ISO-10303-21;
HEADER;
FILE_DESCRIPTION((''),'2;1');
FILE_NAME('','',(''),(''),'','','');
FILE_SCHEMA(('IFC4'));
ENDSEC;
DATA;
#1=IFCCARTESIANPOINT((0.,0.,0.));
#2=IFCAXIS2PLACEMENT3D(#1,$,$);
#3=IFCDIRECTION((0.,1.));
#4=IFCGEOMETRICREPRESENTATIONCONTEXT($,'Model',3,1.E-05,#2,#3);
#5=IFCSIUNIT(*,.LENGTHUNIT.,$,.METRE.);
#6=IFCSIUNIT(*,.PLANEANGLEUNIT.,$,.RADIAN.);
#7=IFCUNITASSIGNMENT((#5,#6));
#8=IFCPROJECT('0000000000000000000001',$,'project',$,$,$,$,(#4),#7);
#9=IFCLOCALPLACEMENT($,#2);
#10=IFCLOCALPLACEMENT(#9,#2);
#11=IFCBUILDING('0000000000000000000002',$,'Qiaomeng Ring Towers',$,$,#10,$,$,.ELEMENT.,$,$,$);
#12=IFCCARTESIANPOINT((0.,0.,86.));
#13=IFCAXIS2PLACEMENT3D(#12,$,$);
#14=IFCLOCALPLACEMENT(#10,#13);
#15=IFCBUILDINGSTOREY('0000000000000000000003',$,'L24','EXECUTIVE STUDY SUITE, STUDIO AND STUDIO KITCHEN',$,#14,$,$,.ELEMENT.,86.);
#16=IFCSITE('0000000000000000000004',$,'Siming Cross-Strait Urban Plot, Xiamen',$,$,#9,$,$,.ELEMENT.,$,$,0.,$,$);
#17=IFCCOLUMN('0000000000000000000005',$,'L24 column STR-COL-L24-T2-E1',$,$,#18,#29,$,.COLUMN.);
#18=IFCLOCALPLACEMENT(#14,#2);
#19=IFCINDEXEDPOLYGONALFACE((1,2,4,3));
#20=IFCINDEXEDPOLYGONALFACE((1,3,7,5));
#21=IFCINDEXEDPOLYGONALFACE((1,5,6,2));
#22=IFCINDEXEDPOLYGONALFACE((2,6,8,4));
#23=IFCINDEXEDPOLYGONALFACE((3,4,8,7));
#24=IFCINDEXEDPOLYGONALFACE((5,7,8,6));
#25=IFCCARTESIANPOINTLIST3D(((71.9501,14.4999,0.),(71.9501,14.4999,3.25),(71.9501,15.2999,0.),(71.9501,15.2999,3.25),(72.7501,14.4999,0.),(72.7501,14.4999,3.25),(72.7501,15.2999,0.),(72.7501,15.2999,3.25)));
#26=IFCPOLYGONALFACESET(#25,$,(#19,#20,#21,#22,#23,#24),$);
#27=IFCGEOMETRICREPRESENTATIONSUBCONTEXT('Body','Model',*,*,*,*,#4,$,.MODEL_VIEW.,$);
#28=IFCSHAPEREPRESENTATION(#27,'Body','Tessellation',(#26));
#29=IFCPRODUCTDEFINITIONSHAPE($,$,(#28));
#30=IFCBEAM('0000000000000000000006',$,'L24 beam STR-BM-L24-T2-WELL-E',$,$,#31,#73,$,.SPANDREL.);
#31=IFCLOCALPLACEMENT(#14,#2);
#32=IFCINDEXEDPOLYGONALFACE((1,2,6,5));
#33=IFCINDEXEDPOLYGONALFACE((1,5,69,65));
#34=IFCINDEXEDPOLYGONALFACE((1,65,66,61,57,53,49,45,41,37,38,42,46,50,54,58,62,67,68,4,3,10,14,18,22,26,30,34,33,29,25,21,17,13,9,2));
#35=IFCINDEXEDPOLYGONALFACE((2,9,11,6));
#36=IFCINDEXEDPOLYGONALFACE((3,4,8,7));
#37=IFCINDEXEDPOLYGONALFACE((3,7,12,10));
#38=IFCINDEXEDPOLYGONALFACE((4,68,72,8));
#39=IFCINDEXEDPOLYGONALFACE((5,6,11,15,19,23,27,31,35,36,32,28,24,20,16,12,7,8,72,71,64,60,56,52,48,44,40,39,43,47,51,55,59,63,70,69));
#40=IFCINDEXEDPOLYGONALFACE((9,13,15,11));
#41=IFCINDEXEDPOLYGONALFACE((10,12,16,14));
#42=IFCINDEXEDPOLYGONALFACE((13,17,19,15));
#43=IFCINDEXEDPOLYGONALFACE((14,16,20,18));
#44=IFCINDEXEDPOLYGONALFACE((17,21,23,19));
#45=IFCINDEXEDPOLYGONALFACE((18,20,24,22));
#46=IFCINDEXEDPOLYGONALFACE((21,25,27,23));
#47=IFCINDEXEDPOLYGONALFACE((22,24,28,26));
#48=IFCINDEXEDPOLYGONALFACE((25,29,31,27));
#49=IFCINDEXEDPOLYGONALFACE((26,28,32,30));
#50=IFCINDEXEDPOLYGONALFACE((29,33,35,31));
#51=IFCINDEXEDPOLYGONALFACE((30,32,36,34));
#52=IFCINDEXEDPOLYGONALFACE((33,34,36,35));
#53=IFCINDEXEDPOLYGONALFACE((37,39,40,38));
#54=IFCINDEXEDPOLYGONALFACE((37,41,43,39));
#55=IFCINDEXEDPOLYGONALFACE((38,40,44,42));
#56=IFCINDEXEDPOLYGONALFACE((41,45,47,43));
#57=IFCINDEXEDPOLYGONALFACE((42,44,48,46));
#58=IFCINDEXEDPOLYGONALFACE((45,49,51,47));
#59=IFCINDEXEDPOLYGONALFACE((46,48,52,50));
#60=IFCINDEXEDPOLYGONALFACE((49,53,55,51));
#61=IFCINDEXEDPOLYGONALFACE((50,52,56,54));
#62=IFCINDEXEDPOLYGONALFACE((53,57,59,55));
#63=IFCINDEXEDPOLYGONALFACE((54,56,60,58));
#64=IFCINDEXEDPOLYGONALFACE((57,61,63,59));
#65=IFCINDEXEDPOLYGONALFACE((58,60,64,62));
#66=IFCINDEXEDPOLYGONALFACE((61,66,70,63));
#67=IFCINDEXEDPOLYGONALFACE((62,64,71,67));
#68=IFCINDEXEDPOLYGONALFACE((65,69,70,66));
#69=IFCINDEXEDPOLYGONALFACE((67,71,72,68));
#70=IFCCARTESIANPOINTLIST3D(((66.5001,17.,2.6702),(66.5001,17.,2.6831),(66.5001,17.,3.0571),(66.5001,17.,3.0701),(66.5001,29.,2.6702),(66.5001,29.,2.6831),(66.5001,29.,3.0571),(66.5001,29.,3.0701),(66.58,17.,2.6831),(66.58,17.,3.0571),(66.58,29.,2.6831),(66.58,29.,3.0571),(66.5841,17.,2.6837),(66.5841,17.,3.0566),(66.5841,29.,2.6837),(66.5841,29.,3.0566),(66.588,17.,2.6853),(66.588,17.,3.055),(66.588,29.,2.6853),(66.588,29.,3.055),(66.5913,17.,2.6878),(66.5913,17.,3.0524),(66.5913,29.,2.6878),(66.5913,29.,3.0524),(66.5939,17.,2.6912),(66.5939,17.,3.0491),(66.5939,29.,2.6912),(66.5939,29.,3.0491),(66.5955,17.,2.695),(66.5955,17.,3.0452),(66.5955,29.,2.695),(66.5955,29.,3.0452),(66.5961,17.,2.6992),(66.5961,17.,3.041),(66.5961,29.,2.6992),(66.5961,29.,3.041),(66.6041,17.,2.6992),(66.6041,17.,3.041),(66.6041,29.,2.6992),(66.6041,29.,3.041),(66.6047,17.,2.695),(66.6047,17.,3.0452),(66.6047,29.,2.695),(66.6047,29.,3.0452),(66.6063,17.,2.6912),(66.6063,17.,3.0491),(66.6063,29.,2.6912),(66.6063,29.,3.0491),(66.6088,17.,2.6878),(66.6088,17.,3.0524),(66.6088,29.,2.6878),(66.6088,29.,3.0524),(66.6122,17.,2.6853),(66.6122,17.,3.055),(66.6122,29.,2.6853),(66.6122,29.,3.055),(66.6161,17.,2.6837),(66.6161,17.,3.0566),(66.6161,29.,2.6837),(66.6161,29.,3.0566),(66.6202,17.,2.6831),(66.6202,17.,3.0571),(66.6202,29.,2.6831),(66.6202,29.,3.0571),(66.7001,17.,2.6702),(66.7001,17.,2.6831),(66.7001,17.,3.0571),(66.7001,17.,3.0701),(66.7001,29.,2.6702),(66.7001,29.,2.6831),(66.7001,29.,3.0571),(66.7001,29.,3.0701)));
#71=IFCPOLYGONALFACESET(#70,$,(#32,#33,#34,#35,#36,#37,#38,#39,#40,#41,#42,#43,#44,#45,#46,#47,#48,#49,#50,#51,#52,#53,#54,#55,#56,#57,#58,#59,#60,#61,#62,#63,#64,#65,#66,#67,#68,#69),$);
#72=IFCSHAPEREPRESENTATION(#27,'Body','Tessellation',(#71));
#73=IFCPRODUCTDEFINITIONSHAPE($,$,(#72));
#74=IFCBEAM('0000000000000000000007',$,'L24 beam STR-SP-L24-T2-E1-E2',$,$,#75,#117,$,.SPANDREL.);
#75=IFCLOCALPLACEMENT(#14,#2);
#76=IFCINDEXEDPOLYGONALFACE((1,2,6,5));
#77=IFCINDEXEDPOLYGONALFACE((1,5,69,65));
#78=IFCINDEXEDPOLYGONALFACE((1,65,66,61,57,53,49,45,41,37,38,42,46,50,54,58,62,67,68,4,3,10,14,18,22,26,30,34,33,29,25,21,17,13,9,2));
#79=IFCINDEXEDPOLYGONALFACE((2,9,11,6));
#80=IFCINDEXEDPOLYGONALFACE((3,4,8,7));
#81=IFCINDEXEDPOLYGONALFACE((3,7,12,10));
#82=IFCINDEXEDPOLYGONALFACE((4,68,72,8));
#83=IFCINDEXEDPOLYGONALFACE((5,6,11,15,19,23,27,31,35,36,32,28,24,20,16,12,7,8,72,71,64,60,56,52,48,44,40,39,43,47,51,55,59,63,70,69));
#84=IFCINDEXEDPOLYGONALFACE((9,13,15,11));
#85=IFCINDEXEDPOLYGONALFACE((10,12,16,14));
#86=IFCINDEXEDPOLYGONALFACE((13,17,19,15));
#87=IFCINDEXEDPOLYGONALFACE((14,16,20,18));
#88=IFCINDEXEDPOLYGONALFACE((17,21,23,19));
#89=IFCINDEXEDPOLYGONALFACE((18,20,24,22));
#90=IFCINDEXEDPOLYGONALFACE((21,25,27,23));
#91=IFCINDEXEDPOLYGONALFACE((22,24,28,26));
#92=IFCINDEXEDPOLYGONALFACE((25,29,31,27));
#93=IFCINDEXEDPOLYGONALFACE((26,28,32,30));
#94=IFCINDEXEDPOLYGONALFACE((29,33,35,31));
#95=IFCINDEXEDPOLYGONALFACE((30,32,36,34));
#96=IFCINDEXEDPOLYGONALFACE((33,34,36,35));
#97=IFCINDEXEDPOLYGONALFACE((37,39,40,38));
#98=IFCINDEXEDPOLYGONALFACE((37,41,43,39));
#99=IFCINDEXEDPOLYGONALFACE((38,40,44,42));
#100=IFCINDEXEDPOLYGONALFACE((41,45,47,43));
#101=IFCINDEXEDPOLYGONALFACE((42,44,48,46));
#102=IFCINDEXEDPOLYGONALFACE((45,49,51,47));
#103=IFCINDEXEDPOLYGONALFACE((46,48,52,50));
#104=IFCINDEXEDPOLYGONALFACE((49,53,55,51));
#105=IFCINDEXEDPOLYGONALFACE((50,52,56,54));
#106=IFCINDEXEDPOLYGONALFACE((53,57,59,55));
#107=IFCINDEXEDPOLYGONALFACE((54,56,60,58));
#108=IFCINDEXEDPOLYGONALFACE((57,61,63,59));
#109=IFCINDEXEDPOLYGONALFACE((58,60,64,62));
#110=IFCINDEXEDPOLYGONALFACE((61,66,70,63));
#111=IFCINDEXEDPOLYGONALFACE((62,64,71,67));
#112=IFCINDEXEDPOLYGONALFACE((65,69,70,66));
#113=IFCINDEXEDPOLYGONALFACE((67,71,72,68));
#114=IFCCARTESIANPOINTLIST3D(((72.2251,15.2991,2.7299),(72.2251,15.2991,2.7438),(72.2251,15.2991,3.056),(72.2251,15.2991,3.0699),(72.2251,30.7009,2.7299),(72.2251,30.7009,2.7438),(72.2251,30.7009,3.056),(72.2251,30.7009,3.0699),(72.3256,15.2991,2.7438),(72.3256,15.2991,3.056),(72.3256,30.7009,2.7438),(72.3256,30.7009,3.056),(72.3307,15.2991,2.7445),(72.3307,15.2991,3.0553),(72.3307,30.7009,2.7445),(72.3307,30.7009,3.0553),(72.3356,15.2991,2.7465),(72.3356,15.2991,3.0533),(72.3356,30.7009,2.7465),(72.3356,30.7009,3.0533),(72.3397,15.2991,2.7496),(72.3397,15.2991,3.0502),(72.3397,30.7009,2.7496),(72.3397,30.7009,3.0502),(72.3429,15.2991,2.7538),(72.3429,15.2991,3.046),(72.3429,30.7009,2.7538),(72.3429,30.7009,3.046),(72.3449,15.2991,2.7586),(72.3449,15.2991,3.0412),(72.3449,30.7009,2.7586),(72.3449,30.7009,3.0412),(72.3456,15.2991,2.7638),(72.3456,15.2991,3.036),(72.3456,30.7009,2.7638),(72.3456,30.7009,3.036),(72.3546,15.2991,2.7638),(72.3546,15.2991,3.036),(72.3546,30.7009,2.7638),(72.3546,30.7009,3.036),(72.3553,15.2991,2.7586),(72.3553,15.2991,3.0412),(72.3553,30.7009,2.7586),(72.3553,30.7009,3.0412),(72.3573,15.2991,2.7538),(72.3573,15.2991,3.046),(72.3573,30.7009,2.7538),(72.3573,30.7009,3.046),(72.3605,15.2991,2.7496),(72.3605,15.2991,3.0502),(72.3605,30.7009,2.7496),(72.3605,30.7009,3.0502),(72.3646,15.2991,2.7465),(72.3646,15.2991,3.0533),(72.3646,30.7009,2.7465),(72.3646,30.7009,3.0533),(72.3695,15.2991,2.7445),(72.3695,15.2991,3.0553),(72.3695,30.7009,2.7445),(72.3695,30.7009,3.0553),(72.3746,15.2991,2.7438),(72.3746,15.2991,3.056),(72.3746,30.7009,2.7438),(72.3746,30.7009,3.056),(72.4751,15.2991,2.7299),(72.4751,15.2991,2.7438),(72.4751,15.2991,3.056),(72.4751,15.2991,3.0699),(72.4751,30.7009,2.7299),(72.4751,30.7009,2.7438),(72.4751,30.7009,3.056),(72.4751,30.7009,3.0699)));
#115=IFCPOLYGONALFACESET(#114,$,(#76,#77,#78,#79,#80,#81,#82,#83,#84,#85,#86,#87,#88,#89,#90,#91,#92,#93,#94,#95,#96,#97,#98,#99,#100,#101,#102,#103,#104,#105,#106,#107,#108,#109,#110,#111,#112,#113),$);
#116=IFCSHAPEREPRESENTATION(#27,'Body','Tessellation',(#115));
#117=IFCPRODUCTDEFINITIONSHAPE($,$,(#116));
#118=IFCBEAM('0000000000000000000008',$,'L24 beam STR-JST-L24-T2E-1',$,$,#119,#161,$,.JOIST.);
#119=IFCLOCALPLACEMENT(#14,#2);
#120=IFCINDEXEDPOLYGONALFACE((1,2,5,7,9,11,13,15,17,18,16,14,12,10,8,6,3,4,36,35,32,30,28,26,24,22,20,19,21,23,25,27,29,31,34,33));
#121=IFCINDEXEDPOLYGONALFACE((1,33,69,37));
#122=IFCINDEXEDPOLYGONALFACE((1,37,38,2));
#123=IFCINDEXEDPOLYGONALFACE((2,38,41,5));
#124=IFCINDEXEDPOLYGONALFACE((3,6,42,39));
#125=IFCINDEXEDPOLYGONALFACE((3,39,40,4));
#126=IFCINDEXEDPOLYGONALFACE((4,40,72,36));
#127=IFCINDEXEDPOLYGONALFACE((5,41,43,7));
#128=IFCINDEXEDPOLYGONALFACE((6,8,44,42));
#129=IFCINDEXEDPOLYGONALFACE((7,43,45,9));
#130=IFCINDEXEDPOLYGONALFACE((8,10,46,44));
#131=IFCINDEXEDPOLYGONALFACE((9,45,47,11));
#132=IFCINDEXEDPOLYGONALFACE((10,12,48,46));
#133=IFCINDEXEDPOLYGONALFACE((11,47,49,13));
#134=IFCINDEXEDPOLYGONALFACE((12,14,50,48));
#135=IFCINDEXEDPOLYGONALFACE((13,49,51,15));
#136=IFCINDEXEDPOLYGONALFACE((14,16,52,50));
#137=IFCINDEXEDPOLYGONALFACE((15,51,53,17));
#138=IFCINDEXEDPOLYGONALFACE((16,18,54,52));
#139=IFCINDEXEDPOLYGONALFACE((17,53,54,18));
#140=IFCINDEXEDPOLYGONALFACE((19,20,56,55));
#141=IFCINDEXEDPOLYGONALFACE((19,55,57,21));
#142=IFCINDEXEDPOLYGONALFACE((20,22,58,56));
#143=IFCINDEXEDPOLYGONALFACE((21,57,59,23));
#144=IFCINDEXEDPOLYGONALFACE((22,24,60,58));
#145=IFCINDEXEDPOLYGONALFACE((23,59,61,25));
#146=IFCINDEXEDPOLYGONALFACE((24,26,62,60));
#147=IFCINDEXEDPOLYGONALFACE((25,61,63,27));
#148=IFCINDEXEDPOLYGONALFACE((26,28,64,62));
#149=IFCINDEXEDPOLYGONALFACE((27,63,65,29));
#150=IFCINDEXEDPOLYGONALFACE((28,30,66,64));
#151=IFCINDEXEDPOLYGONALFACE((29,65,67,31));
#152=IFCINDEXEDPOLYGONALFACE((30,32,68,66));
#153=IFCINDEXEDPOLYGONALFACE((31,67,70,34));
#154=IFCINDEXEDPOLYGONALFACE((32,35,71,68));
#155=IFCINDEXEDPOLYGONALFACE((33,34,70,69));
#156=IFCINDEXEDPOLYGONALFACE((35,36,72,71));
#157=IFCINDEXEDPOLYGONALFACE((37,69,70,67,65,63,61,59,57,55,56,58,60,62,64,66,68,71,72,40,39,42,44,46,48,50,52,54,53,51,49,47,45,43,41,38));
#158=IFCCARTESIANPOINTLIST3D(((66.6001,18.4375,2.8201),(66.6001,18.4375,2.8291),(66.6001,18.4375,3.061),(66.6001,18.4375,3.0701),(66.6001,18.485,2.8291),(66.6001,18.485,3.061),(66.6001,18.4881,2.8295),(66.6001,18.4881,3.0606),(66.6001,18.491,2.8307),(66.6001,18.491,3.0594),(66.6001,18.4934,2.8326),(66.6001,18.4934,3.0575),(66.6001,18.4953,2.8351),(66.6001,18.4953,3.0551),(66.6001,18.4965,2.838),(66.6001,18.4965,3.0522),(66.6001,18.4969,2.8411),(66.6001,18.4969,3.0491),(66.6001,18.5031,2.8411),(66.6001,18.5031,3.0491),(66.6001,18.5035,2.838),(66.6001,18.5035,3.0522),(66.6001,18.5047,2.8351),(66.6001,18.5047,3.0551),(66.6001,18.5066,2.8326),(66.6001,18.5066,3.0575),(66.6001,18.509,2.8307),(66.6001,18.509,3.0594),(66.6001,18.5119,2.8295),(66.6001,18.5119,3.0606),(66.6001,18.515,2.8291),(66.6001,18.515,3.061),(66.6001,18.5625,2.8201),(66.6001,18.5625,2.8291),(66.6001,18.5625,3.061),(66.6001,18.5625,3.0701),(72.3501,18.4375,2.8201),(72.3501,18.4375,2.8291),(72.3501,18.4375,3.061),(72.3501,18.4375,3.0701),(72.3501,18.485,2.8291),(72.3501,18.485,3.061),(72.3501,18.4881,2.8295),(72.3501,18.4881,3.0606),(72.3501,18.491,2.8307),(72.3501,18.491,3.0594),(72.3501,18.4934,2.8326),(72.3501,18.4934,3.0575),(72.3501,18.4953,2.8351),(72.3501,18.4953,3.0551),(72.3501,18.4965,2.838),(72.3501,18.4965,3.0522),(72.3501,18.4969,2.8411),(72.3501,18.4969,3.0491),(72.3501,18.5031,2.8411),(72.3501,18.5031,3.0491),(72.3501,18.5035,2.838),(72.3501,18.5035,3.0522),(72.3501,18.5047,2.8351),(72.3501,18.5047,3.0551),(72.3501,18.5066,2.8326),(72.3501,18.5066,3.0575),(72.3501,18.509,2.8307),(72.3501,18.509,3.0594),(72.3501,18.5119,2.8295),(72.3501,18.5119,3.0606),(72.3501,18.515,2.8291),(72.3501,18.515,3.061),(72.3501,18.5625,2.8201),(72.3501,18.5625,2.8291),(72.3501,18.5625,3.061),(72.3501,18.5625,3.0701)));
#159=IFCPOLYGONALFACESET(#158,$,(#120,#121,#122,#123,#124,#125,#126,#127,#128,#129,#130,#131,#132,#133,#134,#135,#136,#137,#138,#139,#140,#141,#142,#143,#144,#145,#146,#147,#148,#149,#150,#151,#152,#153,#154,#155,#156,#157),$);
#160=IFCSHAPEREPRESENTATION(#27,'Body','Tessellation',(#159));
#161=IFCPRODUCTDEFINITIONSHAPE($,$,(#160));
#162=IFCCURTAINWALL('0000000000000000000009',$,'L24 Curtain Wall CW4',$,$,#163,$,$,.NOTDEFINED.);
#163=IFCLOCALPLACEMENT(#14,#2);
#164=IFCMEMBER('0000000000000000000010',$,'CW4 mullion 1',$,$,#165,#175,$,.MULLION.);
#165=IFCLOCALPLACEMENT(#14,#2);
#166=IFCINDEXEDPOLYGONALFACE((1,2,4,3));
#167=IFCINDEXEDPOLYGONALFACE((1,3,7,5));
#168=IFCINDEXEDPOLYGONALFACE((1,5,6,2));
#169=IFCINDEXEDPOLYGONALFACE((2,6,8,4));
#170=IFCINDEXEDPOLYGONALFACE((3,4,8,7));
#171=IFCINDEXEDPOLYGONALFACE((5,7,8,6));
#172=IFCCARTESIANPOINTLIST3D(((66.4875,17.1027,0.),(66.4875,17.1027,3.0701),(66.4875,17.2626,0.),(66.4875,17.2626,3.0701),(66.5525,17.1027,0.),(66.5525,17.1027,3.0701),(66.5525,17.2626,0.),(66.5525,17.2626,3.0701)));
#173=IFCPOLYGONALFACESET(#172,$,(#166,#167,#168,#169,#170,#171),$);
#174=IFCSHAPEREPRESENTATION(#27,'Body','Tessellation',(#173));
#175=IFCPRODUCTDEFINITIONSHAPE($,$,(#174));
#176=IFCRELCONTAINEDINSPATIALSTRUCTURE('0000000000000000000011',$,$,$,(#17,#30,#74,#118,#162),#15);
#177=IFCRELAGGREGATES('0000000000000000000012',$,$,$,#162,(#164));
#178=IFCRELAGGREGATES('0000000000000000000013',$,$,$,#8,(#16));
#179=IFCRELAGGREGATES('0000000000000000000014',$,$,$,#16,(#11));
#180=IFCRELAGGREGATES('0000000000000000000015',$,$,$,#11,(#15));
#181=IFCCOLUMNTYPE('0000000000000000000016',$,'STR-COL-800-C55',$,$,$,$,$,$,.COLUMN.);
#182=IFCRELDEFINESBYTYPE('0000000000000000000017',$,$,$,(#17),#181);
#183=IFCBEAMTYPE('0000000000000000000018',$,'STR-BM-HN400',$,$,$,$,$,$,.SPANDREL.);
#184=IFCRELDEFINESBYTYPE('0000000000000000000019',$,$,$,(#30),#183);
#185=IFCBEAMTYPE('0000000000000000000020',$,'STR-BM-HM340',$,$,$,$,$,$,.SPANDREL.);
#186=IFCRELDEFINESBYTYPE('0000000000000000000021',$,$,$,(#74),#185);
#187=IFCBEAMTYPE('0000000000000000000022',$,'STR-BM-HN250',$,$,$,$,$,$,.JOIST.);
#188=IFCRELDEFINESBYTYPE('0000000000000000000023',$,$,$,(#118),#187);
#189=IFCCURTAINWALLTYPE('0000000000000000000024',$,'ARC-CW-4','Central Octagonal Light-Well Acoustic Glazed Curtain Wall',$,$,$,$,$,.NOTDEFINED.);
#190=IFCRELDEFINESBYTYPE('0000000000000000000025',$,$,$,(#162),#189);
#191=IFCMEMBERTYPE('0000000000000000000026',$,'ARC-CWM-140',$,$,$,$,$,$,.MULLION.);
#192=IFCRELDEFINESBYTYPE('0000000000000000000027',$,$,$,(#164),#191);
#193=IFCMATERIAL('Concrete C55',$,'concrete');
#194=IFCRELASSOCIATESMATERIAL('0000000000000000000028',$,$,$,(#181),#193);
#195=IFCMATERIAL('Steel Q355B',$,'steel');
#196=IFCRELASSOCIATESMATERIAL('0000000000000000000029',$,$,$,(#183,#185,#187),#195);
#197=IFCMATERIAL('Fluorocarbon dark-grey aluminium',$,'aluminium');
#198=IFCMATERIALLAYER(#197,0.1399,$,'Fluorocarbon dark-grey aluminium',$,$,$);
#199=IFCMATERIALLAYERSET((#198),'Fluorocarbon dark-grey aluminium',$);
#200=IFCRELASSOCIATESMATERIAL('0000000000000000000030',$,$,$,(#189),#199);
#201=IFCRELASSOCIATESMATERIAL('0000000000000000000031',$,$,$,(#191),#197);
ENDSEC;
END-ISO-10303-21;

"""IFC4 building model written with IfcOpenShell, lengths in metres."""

from ifc_helpers import new_model, si_unit, direction, frame, origin, origin_2d, place, context, subcontext, project, spatial, rectangle, i_section, extrude, source, transform, mapped, material, layer, layer_set, material_profile, profile_set, type_object, element, aggregate, save


model = new_model("IFC4")

# Units and contexts
model_context = context("Model", 3, precision=1e-05, world=origin(), true_north=direction((0.0, 1.0)))
body_context = subcontext(model_context, "Body", "Model", "MODEL_VIEW")
ifc_project = project(units=[si_unit("LENGTHUNIT", "METRE"), si_unit("PLANEANGLEUNIT", "RADIAN")], contexts=[model_context])

# Site, building, storey
site_placement = place(None, origin())
site = spatial("IfcSite", under=ifc_project, at=site_placement, Name="Siming Cross-Strait Urban Plot, Xiamen", CompositionType="ELEMENT", RefElevation=0.0)
building_placement = place(site_placement, origin())
building = spatial("IfcBuilding", under=site, at=building_placement, Name="Qiaomeng Ring Towers", CompositionType="ELEMENT")
storey_placement = place(building_placement, frame((0.0, 0.0, 86.0)))
storey = spatial("IfcBuildingStorey", under=building, at=storey_placement, Name="L24", Description="EXECUTIVE STUDY SUITE, STUDIO AND STUDIO KITCHEN", CompositionType="ELEMENT", Elevation=86.0)

# Column
ifc_material_1 = material(Name="Concrete C55", Category="concrete")
ifc_material_profile_1 = material_profile(ifc_material_1, rectangle(XDim=0.8, YDim=0.8, at=origin_2d()), Name="RC COL 800x800")
ifc_profile_set_1 = profile_set([ifc_material_profile_1], Name="Concrete C55")
column_type = type_object("IfcColumnType", Name="STR-COL-800-C55", PredefinedType="COLUMN", material=ifc_profile_set_1)
shared_shape_1 = source(origin(), body_context, "Body", "SweptSolid", [
    extrude(rectangle(XDim=0.8, YDim=0.8, at=origin_2d()), origin(), (0.0, 0.0, 1.0), 3.25),
])
column_placement = place(storey_placement, frame((72.3501, 14.8999, 0.0), z_axis=(0.0, 0.0, 1.0), x_axis=(1.0, 0.0, 0.0)))
element("IfcColumn", 1, at=column_placement, inside=storey, type_object=column_type, Name="L24 column STR-COL-L24-T2-E1", PredefinedType="COLUMN", context=body_context, shape_type="MappedRepresentation", body=[
    mapped(shared_shape_1, transform((0.0, 0.0, 0.0), x_axis=(1.0, 0.0, 0.0), y_axis=(0.0, 1.0, 0.0), z_axis=(0.0, 0.0, 1.0), scale=1.0)),
])

# Beams
ifc_material_2 = material(Name="Steel Q355B", Category="steel")
ifc_material_profile_2 = material_profile(ifc_material_2, i_section(OverallWidth=0.2, OverallDepth=0.3999, WebThickness=0.0081, FlangeThickness=0.0129, FilletRadius=0.0161, at=origin_2d()), Name="HN 400x200x8x13")
ifc_profile_set_2 = profile_set([ifc_material_profile_2], Name="Steel Q355B")
beam_type_1 = type_object("IfcBeamType", Name="STR-BM-HN400", PredefinedType="SPANDREL", material=ifc_profile_set_2)
shared_shape_2 = source(origin(), body_context, "Body", "SweptSolid", [
    extrude(i_section(OverallWidth=0.2, OverallDepth=0.3999, WebThickness=0.0081, FlangeThickness=0.0129, FilletRadius=0.0161, at=origin_2d()), origin(), (0.0, 0.0, 1.0), 12.0),
])
beam_1_placement = place(storey_placement, frame((66.6001, 17.0, 2.8701), z_axis=(0.0, 1.0, 0.0), x_axis=(-1.0, 0.0, 0.0)))
element("IfcBeam", 2, at=beam_1_placement, inside=storey, type_object=beam_type_1, Name="L24 beam STR-BM-L24-T2-WELL-E", PredefinedType="SPANDREL", context=body_context, shape_type="MappedRepresentation", body=[
    mapped(shared_shape_2, transform((0.0, 0.0, 0.0), x_axis=(1.0, 0.0, 0.0), y_axis=(0.0, 1.0, 0.0), z_axis=(0.0, 0.0, 1.0), scale=1.0)),
])
ifc_material_profile_3 = material_profile(ifc_material_2, i_section(OverallWidth=0.25, OverallDepth=0.3401, WebThickness=0.009, FlangeThickness=0.0139, FilletRadius=0.02, at=origin_2d()), Name="HM 340x250x9x14")
ifc_profile_set_3 = profile_set([ifc_material_profile_3], Name="Steel Q355B")
beam_type_2 = type_object("IfcBeamType", Name="STR-BM-HM340", PredefinedType="SPANDREL", material=ifc_profile_set_3)
shared_shape_3 = source(origin(), body_context, "Body", "SweptSolid", [
    extrude(i_section(OverallWidth=0.25, OverallDepth=0.3401, WebThickness=0.009, FlangeThickness=0.0139, FilletRadius=0.02, at=origin_2d()), origin(), (0.0, 0.0, 1.0), 15.4019),
])
beam_2_placement = place(storey_placement, frame((72.3501, 15.2991, 2.8999), z_axis=(0.0, 1.0, 0.0), x_axis=(-1.0, 0.0, 0.0)))
element("IfcBeam", 3, at=beam_2_placement, inside=storey, type_object=beam_type_2, Name="L24 beam STR-SP-L24-T2-E1-E2", PredefinedType="SPANDREL", context=body_context, shape_type="MappedRepresentation", body=[
    mapped(shared_shape_3, transform((0.0, 0.0, 0.0), x_axis=(1.0, 0.0, 0.0), y_axis=(0.0, 1.0, 0.0), z_axis=(0.0, 0.0, 1.0), scale=1.0)),
])
ifc_material_profile_4 = material_profile(ifc_material_2, i_section(OverallWidth=0.125, OverallDepth=0.25, WebThickness=0.0061, FlangeThickness=0.009, FilletRadius=0.012, at=origin_2d()), Name="HN 250x125x6x9")
ifc_profile_set_4 = profile_set([ifc_material_profile_4], Name="Steel Q355B")
beam_type_3 = type_object("IfcBeamType", Name="STR-BM-HN250", PredefinedType="JOIST", material=ifc_profile_set_4)
shared_shape_4 = source(origin(), body_context, "Body", "SweptSolid", [
    extrude(i_section(OverallWidth=0.125, OverallDepth=0.25, WebThickness=0.0061, FlangeThickness=0.009, FilletRadius=0.012, at=origin_2d()), origin(), (0.0, 0.0, 1.0), 5.75),
])
beam_3_placement = place(storey_placement, frame((66.6001, 18.5, 2.9451), z_axis=(1.0, 0.0, 0.0), x_axis=(0.0, 1.0, 0.0)))
element("IfcBeam", 4, at=beam_3_placement, inside=storey, type_object=beam_type_3, Name="L24 beam STR-JST-L24-T2E-1", PredefinedType="JOIST", context=body_context, shape_type="MappedRepresentation", body=[
    mapped(shared_shape_4, transform((0.0, 0.0, 0.0), x_axis=(1.0, 0.0, 0.0), y_axis=(0.0, 1.0, 0.0), z_axis=(0.0, 0.0, 1.0), scale=1.0)),
])

# Curtain wall, member
ifc_material_3 = material(Name="Fluorocarbon dark-grey aluminium", Category="aluminium")
ifc_layer_1 = layer(ifc_material_3, 0.1399, Name="Fluorocarbon dark-grey aluminium")
ifc_layer_set_1 = layer_set([ifc_layer_1], Name="Fluorocarbon dark-grey aluminium")
curtain_wall_type = type_object("IfcCurtainWallType", Name="ARC-CW-4", Description="Central Octagonal Light-Well Acoustic Glazed Curtain Wall", PredefinedType="NOTDEFINED", material=ifc_layer_set_1)
curtain_wall_placement = place(storey_placement, origin())
curtain_wall = element("IfcCurtainWall", 5, at=curtain_wall_placement, inside=storey, type_object=curtain_wall_type, Name="L24 Curtain Wall CW4", PredefinedType="NOTDEFINED")
ifc_material_profile_5 = material_profile(ifc_material_3, rectangle(XDim=0.0649, YDim=0.1599, at=origin_2d()), Name="ALU MULL 65x160")
ifc_profile_set_5 = profile_set([ifc_material_profile_5], Name="Fluorocarbon dark-grey aluminium")
member_type_1 = type_object("IfcMemberType", Name="ARC-CWM-140", PredefinedType="MULLION", material=ifc_profile_set_5)
shared_shape_5 = source(origin(), body_context, "Body", "SweptSolid", [
    extrude(rectangle(XDim=0.0649, YDim=0.1599, at=origin_2d()), origin(), (0.0, 0.0, 1.0), 3.0701),
])
member_1_placement = place(storey_placement, frame((66.52, 17.1826, 0.0), z_axis=(0.0, 0.0, 1.0), x_axis=(-1.0, 0.0, 0.0)))
member_1 = element("IfcMember", 6, at=member_1_placement, type_object=member_type_1, Name="CW4 mullion 1", PredefinedType="MULLION", context=body_context, shape_type="MappedRepresentation", body=[
    mapped(shared_shape_5, transform((0.0, 0.0, 0.0), x_axis=(1.0, 0.0, 0.0), y_axis=(0.0, 1.0, 0.0), z_axis=(0.0, 0.0, 1.0), scale=1.0)),
])
aggregate(curtain_wall, [member_1])

save(model, "model.ifc")
